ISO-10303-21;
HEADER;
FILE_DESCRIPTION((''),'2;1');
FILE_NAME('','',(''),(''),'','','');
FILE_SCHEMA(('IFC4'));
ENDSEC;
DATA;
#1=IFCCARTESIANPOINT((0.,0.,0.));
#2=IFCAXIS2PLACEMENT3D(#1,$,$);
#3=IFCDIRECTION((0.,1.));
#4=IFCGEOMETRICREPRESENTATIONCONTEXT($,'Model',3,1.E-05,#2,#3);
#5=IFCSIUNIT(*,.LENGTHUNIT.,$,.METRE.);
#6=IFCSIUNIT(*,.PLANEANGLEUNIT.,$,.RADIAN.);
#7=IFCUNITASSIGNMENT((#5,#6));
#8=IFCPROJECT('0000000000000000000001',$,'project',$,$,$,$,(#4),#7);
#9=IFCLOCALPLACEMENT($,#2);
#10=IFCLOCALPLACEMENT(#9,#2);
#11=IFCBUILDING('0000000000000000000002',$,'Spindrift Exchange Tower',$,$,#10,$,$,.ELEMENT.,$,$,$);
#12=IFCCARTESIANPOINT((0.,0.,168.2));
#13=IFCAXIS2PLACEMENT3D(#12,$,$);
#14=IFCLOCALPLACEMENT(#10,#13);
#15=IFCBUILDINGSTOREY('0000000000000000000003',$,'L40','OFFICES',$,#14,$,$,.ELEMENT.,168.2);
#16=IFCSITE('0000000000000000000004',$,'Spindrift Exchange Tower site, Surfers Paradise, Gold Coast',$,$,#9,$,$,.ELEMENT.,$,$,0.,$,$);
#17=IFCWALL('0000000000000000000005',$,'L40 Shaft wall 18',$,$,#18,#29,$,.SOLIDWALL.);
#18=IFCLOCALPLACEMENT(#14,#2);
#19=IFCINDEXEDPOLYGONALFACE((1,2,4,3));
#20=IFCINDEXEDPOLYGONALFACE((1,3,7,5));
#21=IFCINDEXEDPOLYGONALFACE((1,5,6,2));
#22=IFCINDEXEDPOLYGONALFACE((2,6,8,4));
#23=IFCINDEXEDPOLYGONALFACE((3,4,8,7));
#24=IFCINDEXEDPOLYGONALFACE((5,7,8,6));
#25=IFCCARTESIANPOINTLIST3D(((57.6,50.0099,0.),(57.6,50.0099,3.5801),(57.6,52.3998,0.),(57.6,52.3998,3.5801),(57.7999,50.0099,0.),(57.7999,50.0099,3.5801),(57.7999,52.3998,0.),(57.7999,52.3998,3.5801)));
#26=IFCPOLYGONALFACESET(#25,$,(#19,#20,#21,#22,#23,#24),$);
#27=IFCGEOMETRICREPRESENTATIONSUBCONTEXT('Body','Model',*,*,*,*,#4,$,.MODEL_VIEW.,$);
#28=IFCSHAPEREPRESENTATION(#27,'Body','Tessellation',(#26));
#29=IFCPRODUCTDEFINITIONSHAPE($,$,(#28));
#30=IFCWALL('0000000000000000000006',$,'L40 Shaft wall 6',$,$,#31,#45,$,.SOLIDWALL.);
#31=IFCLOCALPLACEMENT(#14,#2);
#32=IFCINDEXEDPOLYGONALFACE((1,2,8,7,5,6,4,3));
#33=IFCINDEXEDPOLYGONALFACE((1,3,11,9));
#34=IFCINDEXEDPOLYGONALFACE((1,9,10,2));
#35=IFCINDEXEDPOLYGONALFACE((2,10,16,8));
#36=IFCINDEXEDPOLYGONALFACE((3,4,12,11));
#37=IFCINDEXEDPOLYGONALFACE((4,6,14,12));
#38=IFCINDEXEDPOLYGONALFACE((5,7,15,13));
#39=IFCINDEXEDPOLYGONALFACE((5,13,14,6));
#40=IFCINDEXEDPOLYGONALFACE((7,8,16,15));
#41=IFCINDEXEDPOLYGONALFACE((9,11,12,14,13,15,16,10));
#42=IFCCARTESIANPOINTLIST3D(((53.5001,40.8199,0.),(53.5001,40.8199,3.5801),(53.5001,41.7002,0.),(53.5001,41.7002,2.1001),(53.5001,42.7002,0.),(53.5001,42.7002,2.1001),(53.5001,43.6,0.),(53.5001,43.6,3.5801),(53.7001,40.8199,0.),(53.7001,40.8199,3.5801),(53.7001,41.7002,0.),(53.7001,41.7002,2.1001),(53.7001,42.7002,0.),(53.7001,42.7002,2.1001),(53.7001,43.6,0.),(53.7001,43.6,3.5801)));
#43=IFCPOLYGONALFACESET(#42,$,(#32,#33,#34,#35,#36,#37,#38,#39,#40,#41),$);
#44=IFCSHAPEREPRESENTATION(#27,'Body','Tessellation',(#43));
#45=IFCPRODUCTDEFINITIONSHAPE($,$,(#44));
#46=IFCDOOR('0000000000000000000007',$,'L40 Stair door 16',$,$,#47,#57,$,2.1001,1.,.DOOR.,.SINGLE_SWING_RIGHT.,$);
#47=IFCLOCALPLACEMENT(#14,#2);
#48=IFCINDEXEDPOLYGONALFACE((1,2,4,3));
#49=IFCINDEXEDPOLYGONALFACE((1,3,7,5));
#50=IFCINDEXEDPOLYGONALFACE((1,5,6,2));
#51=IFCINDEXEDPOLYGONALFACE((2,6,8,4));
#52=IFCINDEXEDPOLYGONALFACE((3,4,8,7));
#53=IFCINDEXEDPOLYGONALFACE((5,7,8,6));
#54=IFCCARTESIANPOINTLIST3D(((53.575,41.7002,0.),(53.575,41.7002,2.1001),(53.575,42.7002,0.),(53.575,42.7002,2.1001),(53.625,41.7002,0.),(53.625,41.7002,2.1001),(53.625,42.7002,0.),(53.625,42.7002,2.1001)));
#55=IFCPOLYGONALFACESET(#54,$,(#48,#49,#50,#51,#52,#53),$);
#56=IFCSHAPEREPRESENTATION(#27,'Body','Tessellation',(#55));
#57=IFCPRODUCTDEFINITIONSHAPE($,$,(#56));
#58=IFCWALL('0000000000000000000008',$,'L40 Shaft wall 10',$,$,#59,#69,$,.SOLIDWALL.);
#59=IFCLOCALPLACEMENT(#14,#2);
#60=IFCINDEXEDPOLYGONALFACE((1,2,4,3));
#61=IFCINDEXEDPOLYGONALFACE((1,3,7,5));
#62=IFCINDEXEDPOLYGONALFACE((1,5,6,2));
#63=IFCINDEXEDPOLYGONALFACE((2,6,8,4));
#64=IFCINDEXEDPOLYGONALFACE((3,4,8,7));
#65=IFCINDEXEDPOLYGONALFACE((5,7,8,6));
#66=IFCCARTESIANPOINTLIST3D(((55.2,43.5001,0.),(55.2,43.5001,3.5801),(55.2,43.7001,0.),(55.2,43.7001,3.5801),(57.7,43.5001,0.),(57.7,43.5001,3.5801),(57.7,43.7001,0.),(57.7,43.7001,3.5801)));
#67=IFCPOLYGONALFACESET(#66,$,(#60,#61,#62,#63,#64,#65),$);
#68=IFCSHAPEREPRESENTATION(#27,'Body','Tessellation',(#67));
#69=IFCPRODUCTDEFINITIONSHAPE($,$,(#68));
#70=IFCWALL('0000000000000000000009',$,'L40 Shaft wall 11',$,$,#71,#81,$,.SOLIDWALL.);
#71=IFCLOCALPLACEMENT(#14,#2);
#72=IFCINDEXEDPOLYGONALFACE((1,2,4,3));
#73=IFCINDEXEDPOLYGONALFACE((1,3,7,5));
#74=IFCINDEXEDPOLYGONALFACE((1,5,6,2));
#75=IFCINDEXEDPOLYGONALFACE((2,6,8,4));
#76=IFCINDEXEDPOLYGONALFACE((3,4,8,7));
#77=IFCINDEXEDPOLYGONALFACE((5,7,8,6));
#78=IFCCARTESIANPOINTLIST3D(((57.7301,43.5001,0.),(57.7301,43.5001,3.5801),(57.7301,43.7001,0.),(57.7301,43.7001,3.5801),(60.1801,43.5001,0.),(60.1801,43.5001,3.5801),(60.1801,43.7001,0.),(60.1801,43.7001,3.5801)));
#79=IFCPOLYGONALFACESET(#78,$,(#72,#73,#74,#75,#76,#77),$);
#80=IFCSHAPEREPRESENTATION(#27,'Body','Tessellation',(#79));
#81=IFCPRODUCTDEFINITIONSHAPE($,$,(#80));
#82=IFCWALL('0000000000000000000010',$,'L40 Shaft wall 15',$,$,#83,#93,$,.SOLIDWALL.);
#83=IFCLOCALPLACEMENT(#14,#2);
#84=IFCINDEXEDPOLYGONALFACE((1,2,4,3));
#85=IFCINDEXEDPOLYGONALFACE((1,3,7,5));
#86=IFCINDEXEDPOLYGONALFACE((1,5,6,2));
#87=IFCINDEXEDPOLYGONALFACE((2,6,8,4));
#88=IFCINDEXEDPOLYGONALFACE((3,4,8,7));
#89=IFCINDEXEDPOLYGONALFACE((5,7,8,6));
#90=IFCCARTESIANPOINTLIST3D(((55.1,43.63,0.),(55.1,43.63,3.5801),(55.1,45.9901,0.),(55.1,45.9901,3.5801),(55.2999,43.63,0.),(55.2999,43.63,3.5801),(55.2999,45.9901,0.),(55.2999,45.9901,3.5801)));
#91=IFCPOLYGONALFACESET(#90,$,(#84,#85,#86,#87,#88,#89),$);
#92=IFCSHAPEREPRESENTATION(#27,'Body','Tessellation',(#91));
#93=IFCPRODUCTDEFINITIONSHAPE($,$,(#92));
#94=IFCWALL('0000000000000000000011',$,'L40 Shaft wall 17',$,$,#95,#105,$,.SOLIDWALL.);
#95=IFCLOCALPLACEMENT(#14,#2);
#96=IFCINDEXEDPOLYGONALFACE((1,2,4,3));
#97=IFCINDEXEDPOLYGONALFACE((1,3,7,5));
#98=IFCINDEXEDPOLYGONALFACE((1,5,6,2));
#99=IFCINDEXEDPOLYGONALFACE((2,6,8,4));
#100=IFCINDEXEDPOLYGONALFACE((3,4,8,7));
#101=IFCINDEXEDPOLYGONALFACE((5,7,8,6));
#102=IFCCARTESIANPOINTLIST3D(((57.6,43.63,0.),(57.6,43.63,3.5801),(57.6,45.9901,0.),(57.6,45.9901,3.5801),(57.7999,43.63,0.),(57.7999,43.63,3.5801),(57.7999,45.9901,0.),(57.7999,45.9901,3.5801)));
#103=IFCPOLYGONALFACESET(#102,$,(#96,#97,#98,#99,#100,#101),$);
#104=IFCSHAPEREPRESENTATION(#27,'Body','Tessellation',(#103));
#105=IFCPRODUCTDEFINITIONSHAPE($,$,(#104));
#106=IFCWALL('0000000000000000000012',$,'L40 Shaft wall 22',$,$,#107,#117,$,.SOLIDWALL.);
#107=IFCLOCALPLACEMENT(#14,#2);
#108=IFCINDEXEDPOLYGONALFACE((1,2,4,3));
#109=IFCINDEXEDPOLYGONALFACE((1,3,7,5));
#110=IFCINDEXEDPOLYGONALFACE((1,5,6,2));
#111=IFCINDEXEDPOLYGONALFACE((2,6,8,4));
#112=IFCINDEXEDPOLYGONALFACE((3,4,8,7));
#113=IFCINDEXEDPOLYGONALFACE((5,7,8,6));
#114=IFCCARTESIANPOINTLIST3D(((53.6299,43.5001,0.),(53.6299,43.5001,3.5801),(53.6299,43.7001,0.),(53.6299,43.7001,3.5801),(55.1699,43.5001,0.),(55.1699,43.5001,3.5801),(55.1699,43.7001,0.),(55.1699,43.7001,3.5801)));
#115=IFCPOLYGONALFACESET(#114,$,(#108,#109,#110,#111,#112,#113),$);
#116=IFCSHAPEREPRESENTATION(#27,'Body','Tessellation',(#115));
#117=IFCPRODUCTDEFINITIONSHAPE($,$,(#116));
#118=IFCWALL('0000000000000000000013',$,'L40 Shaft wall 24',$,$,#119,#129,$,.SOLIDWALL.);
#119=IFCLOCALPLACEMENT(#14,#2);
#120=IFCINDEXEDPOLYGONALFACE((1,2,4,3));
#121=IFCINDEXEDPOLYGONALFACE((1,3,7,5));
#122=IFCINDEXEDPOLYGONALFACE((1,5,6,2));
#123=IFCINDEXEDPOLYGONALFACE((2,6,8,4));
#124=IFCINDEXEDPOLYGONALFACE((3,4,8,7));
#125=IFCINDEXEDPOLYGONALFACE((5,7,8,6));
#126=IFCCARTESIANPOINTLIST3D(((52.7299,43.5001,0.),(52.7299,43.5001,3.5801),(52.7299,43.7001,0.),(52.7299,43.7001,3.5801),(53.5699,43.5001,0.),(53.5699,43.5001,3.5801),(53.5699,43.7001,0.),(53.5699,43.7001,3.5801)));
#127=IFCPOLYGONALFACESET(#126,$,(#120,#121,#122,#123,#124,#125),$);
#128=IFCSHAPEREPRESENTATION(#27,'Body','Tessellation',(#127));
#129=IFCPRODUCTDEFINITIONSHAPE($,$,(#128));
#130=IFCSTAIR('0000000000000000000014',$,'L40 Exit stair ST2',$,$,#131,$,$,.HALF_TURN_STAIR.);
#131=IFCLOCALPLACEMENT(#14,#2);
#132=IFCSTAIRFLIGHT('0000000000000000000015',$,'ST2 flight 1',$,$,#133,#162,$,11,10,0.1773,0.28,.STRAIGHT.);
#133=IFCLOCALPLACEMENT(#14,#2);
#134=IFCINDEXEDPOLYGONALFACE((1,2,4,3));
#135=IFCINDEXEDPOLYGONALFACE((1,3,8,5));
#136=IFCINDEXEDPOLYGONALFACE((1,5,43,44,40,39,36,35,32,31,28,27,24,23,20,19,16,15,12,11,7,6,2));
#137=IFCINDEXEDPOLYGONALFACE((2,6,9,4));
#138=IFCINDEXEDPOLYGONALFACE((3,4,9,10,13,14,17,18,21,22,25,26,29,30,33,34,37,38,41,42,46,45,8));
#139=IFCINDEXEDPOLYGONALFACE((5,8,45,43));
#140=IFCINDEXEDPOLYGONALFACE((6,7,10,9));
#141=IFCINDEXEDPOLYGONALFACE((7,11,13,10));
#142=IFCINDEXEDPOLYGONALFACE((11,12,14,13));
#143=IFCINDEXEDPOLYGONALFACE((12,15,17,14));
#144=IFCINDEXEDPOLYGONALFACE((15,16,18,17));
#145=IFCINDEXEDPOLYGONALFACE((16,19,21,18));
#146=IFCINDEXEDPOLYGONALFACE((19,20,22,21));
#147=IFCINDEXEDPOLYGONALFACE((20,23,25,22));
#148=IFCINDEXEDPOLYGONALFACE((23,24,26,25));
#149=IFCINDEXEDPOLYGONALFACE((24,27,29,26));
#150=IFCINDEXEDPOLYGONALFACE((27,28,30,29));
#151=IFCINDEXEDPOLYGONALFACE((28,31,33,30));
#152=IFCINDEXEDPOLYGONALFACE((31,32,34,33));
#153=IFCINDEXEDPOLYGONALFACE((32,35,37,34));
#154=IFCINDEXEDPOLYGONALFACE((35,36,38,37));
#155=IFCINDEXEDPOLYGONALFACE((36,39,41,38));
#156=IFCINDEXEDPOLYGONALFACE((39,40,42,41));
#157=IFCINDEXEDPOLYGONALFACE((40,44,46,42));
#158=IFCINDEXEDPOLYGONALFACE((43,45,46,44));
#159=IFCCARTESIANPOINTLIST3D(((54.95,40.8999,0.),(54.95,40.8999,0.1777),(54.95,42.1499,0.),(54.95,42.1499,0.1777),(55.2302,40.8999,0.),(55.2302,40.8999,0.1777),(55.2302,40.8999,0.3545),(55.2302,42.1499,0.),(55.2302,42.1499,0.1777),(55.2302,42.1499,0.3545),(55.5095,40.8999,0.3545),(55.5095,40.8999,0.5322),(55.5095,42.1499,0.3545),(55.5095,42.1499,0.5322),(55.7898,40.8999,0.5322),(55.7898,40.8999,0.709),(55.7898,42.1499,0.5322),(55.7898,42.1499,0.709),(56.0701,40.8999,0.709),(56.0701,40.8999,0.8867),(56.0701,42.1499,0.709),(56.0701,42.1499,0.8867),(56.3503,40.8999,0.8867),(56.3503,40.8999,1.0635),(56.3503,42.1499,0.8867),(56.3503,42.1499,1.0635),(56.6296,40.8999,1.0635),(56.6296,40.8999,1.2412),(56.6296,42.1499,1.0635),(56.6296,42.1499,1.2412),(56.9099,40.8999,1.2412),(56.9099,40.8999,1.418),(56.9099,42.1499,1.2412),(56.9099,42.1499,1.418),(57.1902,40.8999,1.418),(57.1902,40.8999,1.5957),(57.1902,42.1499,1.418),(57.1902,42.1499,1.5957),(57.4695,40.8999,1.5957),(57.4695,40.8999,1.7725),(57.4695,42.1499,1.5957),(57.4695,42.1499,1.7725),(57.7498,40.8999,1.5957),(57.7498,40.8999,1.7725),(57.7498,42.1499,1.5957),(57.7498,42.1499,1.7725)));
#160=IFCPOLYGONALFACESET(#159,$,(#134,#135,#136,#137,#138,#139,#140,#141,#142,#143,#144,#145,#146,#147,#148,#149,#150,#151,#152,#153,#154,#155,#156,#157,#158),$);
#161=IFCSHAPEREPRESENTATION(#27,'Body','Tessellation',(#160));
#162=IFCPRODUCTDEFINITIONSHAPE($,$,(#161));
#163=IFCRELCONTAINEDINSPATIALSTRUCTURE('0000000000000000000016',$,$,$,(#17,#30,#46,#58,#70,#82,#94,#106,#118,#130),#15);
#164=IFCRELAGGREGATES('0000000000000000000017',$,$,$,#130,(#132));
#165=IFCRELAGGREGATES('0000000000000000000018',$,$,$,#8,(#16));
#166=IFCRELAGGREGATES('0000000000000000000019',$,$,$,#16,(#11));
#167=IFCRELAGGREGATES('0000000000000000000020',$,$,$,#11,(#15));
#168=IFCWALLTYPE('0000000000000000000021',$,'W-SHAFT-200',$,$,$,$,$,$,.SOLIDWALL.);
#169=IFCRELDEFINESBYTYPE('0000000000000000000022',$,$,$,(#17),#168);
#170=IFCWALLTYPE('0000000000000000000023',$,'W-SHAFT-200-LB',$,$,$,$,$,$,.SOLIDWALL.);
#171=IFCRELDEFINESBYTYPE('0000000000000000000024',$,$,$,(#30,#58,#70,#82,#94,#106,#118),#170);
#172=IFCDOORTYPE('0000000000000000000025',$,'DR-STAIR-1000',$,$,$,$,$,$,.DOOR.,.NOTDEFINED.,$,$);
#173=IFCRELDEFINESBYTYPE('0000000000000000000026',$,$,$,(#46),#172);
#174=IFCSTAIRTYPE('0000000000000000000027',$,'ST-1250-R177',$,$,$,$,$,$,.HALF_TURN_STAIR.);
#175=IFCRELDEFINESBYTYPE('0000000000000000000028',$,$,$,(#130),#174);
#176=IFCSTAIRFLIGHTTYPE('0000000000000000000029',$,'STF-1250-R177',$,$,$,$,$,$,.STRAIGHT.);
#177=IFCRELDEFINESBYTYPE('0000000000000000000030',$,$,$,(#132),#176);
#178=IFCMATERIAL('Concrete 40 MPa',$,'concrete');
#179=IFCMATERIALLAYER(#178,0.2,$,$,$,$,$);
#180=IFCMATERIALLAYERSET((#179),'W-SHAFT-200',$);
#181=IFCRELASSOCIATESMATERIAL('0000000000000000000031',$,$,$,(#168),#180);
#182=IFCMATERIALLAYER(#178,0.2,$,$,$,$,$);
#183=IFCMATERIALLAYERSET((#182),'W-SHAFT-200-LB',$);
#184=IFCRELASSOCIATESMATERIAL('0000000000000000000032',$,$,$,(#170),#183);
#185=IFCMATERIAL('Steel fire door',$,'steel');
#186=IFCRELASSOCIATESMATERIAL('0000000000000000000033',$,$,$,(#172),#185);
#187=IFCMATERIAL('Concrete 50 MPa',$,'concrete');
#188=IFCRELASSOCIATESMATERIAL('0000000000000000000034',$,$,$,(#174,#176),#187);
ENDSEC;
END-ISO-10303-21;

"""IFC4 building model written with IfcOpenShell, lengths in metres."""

from ifc_helpers import new_model, si_unit, direction, frame, frame_2d, origin, place, context, subcontext, project, spatial, line, indexed_curve, rectangle, outline, extrude, source, transform, mapped, material, layer, layer_set, type_object, element, fill, aggregate, save


model = new_model("IFC4")

# Units and contexts
model_context = context("Model", 3, precision=1e-05, world=origin(), true_north=direction((0.0, 1.0)))
body_context = subcontext(model_context, "Body", "Model", "MODEL_VIEW")
ifc_project = project(units=[si_unit("LENGTHUNIT", "METRE"), si_unit("PLANEANGLEUNIT", "RADIAN")], contexts=[model_context])

# Site, building, storey
site_placement = place(None, origin())
site = spatial("IfcSite", under=ifc_project, at=site_placement, Name="Spindrift Exchange Tower site, Surfers Paradise, Gold Coast", CompositionType="ELEMENT", RefElevation=0.0)
building_placement = place(site_placement, origin())
building = spatial("IfcBuilding", under=site, at=building_placement, Name="Spindrift Exchange Tower", CompositionType="ELEMENT")
storey_placement = place(building_placement, frame((0.0, 0.0, 168.2)))
storey = spatial("IfcBuildingStorey", under=building, at=storey_placement, Name="L40", Description="OFFICES", CompositionType="ELEMENT", Elevation=168.2)

# Wall
ifc_material_1 = material(Name="Concrete 40 MPa", Category="concrete")
ifc_layer_1 = layer(ifc_material_1, 0.2)
ifc_layer_set_1 = layer_set([ifc_layer_1], Name="W-SHAFT-200")
wall_type_1 = type_object("IfcWallType", Name="W-SHAFT-200", PredefinedType="SOLIDWALL", material=ifc_layer_set_1)
wall_1_placement = place(storey_placement, frame((57.7, 50.01, 0.0), z_axis=(0.0, 0.0, 1.0), x_axis=(0.0, 1.0, 0.0)))
element("IfcWall", 1, at=wall_1_placement, inside=storey, type_object=wall_type_1, Name="L40 Shaft wall 18", PredefinedType="SOLIDWALL", context=body_context, shape_type="SweptSolid", body=[
    extrude(rectangle(XDim=2.3899, YDim=0.2, at=frame_2d((1.1948, 0.0))), origin(), (0.0, 0.0, 1.0), 3.5801),
])

# Wall, opening, door
ifc_layer_2 = layer(ifc_material_1, 0.2)
ifc_layer_set_2 = layer_set([ifc_layer_2], Name="W-SHAFT-200-LB")
wall_type_2 = type_object("IfcWallType", Name="W-SHAFT-200-LB", PredefinedType="SOLIDWALL", material=ifc_layer_set_2)
wall_2_placement = place(storey_placement, frame((53.6001, 43.6001, 0.0), z_axis=(0.0, 0.0, 1.0), x_axis=(0.0, -1.0, 0.0)))
wall_2 = element("IfcWall", 2, at=wall_2_placement, inside=storey, type_object=wall_type_2, Name="L40 Shaft wall 6", PredefinedType="SOLIDWALL", context=body_context, shape_type="SweptSolid", body=[
    extrude(rectangle(XDim=2.78, YDim=0.2, at=frame_2d((1.3901, 0.0))), origin(), (0.0, 0.0, 1.0), 3.5801),
])
opening_placement = place(wall_2_placement, frame((0.8999, 0.0, 0.0)))
opening = element("IfcOpeningElement", 3, at=opening_placement, cuts=wall_2, PredefinedType="OPENING", context=body_context, shape_type="SweptSolid", body=[
    extrude(rectangle(XDim=1.0, YDim=2.1001, at=frame_2d((0.5, 1.05))), frame((0.0, 0.1099, 0.0), z_axis=(0.0, -1.0, 0.0), x_axis=(1.0, 0.0, 0.0)), (0.0, 0.0, 1.0), 0.22),
])
ifc_material_2 = material(Name="Steel fire door", Category="steel")
door_type = type_object("IfcDoorType", Name="DR-STAIR-1000", OperationType="NOTDEFINED", PredefinedType="DOOR", material=ifc_material_2)
shared_shape_1 = source(origin(), body_context, "Body", "SweptSolid", [
    extrude(rectangle(XDim=1.0, YDim=2.1001, at=frame_2d((0.5, 1.05))), frame((0.0, 0.0249, 0.0), z_axis=(0.0, -1.0, 0.0), x_axis=(1.0, 0.0, 0.0)), (0.0, 0.0, 1.0), 0.05),
])
door_placement = place(opening_placement, origin())
door = element("IfcDoor", 4, at=door_placement, inside=storey, type_object=door_type, Name="L40 Stair door 16", OperationType="SINGLE_SWING_RIGHT", OverallHeight=2.1001, OverallWidth=1.0, PredefinedType="DOOR", context=body_context, shape_type="MappedRepresentation", body=[
    mapped(shared_shape_1, transform((0.0, 0.0, 0.0), scale=1.0)),
])
fill(opening, door)

# Walls
wall_3_placement = place(storey_placement, frame((55.2, 43.6001, 0.0), z_axis=(0.0, 0.0, 1.0), x_axis=(1.0, 0.0, 0.0)))
element("IfcWall", 5, at=wall_3_placement, inside=storey, type_object=wall_type_2, Name="L40 Shaft wall 10", PredefinedType="SOLIDWALL", context=body_context, shape_type="SweptSolid", body=[
    extrude(rectangle(XDim=2.5, YDim=0.2, at=frame_2d((1.25, 0.0))), origin(), (0.0, 0.0, 1.0), 3.5801),
])
wall_4_placement = place(storey_placement, frame((57.73, 43.6001, 0.0), z_axis=(0.0, 0.0, 1.0), x_axis=(1.0, 0.0, 0.0)))
element("IfcWall", 6, at=wall_4_placement, inside=storey, type_object=wall_type_2, Name="L40 Shaft wall 11", PredefinedType="SOLIDWALL", context=body_context, shape_type="SweptSolid", body=[
    extrude(rectangle(XDim=2.45, YDim=0.2, at=frame_2d((1.2251, 0.0))), origin(), (0.0, 0.0, 1.0), 3.5801),
])
for number, where, z_axis, x_axis, name in (
    (7, (55.2, 43.6299, 0.0), (0.0, 0.0, 1.0), (0.0, 1.0, 0.0), "L40 Shaft wall 15"),
    (8, (57.7, 43.6299, 0.0), (0.0, 0.0, 1.0), (0.0, 1.0, 0.0), "L40 Shaft wall 17"),
):
    element("IfcWall", number, at=place(storey_placement, frame(where, z_axis=z_axis, x_axis=x_axis)), inside=storey, type_object=wall_type_2, Name=name, PredefinedType="SOLIDWALL", context=body_context, shape_type="SweptSolid", body=[
        extrude(rectangle(XDim=2.3601, YDim=0.2, at=frame_2d((1.1802, 0.0))), origin(), (0.0, 0.0, 1.0), 3.5801),
    ])
wall_5_placement = place(storey_placement, frame((53.6299, 43.6001, 0.0), z_axis=(0.0, 0.0, 1.0), x_axis=(1.0, 0.0, 0.0)))
element("IfcWall", 9, at=wall_5_placement, inside=storey, type_object=wall_type_2, Name="L40 Shaft wall 22", PredefinedType="SOLIDWALL", context=body_context, shape_type="SweptSolid", body=[
    extrude(rectangle(XDim=1.54, YDim=0.2, at=frame_2d((0.77, 0.0))), origin(), (0.0, 0.0, 1.0), 3.5801),
])
wall_6_placement = place(storey_placement, frame((52.73, 43.6001, 0.0), z_axis=(0.0, 0.0, 1.0), x_axis=(1.0, 0.0, 0.0)))
element("IfcWall", 10, at=wall_6_placement, inside=storey, type_object=wall_type_2, Name="L40 Shaft wall 24", PredefinedType="SOLIDWALL", context=body_context, shape_type="SweptSolid", body=[
    extrude(rectangle(XDim=0.8401, YDim=0.2, at=frame_2d((0.4199, 0.0))), origin(), (0.0, 0.0, 1.0), 3.5801),
])

# Stair, stair flight
ifc_material_3 = material(Name="Concrete 50 MPa", Category="concrete")
stair_type = type_object("IfcStairType", Name="ST-1250-R177", PredefinedType="HALF_TURN_STAIR", material=ifc_material_3)
stair_placement = place(storey_placement, origin())
stair = element("IfcStair", 11, at=stair_placement, inside=storey, type_object=stair_type, Name="L40 Exit stair ST2", PredefinedType="HALF_TURN_STAIR")
stair_flight_type = type_object("IfcStairFlightType", Name="STF-1250-R177", PredefinedType="STRAIGHT", material=ifc_material_3)
stair_flight_1_placement = place(storey_placement, frame((54.95, 41.5249, 0.0), z_axis=(0.0, 0.0, 1.0), x_axis=(1.0, 0.0, 0.0)))
stair_flight_1 = element("IfcStairFlight", 12, at=stair_flight_1_placement, type_object=stair_flight_type, Name="ST2 flight 1", NumberOfRisers=11, NumberOfTreads=10, PredefinedType="STRAIGHT", RiserHeight=0.1773, TreadLength=0.28, context=body_context, shape_type="SweptSolid", body=[
    extrude(outline(indexed_curve([(0.0, 0.0), (0.0, 0.1777), (0.2803, 0.1777), (0.2803, 0.3545), (0.5596, 0.3545), (0.5596, 0.5322), (0.8398, 0.5322), (0.8398, 0.709), (1.1201, 0.709), (1.1201, 0.8867), (1.4004, 0.8867), (1.4004, 1.0635), (1.6797, 1.0635), (1.6797, 1.2412), (1.96, 1.2412), (1.96, 1.418), (2.2402, 1.418), (2.2402, 1.5957), (2.5195, 1.5957), (2.5195, 1.7725), (2.7998, 1.7725), (2.7998, 1.9502), (2.7998, 1.5957), (0.2803, 0.0)], segments=[line(1, 2, 3, 4, 5, 6, 7, 8, 9, 10, 11, 12, 13, 14, 15, 16, 17, 18, 19, 20, 21, 22, 23, 24, 1)], self_intersect=False)), frame((0.0, 0.625, 0.0), z_axis=(0.0, -1.0, 0.0), x_axis=(1.0, 0.0, 0.0)), (0.0, 0.0, 1.0), 1.25),
])
aggregate(stair, [stair_flight_1])

save(model, "model.ifc")
